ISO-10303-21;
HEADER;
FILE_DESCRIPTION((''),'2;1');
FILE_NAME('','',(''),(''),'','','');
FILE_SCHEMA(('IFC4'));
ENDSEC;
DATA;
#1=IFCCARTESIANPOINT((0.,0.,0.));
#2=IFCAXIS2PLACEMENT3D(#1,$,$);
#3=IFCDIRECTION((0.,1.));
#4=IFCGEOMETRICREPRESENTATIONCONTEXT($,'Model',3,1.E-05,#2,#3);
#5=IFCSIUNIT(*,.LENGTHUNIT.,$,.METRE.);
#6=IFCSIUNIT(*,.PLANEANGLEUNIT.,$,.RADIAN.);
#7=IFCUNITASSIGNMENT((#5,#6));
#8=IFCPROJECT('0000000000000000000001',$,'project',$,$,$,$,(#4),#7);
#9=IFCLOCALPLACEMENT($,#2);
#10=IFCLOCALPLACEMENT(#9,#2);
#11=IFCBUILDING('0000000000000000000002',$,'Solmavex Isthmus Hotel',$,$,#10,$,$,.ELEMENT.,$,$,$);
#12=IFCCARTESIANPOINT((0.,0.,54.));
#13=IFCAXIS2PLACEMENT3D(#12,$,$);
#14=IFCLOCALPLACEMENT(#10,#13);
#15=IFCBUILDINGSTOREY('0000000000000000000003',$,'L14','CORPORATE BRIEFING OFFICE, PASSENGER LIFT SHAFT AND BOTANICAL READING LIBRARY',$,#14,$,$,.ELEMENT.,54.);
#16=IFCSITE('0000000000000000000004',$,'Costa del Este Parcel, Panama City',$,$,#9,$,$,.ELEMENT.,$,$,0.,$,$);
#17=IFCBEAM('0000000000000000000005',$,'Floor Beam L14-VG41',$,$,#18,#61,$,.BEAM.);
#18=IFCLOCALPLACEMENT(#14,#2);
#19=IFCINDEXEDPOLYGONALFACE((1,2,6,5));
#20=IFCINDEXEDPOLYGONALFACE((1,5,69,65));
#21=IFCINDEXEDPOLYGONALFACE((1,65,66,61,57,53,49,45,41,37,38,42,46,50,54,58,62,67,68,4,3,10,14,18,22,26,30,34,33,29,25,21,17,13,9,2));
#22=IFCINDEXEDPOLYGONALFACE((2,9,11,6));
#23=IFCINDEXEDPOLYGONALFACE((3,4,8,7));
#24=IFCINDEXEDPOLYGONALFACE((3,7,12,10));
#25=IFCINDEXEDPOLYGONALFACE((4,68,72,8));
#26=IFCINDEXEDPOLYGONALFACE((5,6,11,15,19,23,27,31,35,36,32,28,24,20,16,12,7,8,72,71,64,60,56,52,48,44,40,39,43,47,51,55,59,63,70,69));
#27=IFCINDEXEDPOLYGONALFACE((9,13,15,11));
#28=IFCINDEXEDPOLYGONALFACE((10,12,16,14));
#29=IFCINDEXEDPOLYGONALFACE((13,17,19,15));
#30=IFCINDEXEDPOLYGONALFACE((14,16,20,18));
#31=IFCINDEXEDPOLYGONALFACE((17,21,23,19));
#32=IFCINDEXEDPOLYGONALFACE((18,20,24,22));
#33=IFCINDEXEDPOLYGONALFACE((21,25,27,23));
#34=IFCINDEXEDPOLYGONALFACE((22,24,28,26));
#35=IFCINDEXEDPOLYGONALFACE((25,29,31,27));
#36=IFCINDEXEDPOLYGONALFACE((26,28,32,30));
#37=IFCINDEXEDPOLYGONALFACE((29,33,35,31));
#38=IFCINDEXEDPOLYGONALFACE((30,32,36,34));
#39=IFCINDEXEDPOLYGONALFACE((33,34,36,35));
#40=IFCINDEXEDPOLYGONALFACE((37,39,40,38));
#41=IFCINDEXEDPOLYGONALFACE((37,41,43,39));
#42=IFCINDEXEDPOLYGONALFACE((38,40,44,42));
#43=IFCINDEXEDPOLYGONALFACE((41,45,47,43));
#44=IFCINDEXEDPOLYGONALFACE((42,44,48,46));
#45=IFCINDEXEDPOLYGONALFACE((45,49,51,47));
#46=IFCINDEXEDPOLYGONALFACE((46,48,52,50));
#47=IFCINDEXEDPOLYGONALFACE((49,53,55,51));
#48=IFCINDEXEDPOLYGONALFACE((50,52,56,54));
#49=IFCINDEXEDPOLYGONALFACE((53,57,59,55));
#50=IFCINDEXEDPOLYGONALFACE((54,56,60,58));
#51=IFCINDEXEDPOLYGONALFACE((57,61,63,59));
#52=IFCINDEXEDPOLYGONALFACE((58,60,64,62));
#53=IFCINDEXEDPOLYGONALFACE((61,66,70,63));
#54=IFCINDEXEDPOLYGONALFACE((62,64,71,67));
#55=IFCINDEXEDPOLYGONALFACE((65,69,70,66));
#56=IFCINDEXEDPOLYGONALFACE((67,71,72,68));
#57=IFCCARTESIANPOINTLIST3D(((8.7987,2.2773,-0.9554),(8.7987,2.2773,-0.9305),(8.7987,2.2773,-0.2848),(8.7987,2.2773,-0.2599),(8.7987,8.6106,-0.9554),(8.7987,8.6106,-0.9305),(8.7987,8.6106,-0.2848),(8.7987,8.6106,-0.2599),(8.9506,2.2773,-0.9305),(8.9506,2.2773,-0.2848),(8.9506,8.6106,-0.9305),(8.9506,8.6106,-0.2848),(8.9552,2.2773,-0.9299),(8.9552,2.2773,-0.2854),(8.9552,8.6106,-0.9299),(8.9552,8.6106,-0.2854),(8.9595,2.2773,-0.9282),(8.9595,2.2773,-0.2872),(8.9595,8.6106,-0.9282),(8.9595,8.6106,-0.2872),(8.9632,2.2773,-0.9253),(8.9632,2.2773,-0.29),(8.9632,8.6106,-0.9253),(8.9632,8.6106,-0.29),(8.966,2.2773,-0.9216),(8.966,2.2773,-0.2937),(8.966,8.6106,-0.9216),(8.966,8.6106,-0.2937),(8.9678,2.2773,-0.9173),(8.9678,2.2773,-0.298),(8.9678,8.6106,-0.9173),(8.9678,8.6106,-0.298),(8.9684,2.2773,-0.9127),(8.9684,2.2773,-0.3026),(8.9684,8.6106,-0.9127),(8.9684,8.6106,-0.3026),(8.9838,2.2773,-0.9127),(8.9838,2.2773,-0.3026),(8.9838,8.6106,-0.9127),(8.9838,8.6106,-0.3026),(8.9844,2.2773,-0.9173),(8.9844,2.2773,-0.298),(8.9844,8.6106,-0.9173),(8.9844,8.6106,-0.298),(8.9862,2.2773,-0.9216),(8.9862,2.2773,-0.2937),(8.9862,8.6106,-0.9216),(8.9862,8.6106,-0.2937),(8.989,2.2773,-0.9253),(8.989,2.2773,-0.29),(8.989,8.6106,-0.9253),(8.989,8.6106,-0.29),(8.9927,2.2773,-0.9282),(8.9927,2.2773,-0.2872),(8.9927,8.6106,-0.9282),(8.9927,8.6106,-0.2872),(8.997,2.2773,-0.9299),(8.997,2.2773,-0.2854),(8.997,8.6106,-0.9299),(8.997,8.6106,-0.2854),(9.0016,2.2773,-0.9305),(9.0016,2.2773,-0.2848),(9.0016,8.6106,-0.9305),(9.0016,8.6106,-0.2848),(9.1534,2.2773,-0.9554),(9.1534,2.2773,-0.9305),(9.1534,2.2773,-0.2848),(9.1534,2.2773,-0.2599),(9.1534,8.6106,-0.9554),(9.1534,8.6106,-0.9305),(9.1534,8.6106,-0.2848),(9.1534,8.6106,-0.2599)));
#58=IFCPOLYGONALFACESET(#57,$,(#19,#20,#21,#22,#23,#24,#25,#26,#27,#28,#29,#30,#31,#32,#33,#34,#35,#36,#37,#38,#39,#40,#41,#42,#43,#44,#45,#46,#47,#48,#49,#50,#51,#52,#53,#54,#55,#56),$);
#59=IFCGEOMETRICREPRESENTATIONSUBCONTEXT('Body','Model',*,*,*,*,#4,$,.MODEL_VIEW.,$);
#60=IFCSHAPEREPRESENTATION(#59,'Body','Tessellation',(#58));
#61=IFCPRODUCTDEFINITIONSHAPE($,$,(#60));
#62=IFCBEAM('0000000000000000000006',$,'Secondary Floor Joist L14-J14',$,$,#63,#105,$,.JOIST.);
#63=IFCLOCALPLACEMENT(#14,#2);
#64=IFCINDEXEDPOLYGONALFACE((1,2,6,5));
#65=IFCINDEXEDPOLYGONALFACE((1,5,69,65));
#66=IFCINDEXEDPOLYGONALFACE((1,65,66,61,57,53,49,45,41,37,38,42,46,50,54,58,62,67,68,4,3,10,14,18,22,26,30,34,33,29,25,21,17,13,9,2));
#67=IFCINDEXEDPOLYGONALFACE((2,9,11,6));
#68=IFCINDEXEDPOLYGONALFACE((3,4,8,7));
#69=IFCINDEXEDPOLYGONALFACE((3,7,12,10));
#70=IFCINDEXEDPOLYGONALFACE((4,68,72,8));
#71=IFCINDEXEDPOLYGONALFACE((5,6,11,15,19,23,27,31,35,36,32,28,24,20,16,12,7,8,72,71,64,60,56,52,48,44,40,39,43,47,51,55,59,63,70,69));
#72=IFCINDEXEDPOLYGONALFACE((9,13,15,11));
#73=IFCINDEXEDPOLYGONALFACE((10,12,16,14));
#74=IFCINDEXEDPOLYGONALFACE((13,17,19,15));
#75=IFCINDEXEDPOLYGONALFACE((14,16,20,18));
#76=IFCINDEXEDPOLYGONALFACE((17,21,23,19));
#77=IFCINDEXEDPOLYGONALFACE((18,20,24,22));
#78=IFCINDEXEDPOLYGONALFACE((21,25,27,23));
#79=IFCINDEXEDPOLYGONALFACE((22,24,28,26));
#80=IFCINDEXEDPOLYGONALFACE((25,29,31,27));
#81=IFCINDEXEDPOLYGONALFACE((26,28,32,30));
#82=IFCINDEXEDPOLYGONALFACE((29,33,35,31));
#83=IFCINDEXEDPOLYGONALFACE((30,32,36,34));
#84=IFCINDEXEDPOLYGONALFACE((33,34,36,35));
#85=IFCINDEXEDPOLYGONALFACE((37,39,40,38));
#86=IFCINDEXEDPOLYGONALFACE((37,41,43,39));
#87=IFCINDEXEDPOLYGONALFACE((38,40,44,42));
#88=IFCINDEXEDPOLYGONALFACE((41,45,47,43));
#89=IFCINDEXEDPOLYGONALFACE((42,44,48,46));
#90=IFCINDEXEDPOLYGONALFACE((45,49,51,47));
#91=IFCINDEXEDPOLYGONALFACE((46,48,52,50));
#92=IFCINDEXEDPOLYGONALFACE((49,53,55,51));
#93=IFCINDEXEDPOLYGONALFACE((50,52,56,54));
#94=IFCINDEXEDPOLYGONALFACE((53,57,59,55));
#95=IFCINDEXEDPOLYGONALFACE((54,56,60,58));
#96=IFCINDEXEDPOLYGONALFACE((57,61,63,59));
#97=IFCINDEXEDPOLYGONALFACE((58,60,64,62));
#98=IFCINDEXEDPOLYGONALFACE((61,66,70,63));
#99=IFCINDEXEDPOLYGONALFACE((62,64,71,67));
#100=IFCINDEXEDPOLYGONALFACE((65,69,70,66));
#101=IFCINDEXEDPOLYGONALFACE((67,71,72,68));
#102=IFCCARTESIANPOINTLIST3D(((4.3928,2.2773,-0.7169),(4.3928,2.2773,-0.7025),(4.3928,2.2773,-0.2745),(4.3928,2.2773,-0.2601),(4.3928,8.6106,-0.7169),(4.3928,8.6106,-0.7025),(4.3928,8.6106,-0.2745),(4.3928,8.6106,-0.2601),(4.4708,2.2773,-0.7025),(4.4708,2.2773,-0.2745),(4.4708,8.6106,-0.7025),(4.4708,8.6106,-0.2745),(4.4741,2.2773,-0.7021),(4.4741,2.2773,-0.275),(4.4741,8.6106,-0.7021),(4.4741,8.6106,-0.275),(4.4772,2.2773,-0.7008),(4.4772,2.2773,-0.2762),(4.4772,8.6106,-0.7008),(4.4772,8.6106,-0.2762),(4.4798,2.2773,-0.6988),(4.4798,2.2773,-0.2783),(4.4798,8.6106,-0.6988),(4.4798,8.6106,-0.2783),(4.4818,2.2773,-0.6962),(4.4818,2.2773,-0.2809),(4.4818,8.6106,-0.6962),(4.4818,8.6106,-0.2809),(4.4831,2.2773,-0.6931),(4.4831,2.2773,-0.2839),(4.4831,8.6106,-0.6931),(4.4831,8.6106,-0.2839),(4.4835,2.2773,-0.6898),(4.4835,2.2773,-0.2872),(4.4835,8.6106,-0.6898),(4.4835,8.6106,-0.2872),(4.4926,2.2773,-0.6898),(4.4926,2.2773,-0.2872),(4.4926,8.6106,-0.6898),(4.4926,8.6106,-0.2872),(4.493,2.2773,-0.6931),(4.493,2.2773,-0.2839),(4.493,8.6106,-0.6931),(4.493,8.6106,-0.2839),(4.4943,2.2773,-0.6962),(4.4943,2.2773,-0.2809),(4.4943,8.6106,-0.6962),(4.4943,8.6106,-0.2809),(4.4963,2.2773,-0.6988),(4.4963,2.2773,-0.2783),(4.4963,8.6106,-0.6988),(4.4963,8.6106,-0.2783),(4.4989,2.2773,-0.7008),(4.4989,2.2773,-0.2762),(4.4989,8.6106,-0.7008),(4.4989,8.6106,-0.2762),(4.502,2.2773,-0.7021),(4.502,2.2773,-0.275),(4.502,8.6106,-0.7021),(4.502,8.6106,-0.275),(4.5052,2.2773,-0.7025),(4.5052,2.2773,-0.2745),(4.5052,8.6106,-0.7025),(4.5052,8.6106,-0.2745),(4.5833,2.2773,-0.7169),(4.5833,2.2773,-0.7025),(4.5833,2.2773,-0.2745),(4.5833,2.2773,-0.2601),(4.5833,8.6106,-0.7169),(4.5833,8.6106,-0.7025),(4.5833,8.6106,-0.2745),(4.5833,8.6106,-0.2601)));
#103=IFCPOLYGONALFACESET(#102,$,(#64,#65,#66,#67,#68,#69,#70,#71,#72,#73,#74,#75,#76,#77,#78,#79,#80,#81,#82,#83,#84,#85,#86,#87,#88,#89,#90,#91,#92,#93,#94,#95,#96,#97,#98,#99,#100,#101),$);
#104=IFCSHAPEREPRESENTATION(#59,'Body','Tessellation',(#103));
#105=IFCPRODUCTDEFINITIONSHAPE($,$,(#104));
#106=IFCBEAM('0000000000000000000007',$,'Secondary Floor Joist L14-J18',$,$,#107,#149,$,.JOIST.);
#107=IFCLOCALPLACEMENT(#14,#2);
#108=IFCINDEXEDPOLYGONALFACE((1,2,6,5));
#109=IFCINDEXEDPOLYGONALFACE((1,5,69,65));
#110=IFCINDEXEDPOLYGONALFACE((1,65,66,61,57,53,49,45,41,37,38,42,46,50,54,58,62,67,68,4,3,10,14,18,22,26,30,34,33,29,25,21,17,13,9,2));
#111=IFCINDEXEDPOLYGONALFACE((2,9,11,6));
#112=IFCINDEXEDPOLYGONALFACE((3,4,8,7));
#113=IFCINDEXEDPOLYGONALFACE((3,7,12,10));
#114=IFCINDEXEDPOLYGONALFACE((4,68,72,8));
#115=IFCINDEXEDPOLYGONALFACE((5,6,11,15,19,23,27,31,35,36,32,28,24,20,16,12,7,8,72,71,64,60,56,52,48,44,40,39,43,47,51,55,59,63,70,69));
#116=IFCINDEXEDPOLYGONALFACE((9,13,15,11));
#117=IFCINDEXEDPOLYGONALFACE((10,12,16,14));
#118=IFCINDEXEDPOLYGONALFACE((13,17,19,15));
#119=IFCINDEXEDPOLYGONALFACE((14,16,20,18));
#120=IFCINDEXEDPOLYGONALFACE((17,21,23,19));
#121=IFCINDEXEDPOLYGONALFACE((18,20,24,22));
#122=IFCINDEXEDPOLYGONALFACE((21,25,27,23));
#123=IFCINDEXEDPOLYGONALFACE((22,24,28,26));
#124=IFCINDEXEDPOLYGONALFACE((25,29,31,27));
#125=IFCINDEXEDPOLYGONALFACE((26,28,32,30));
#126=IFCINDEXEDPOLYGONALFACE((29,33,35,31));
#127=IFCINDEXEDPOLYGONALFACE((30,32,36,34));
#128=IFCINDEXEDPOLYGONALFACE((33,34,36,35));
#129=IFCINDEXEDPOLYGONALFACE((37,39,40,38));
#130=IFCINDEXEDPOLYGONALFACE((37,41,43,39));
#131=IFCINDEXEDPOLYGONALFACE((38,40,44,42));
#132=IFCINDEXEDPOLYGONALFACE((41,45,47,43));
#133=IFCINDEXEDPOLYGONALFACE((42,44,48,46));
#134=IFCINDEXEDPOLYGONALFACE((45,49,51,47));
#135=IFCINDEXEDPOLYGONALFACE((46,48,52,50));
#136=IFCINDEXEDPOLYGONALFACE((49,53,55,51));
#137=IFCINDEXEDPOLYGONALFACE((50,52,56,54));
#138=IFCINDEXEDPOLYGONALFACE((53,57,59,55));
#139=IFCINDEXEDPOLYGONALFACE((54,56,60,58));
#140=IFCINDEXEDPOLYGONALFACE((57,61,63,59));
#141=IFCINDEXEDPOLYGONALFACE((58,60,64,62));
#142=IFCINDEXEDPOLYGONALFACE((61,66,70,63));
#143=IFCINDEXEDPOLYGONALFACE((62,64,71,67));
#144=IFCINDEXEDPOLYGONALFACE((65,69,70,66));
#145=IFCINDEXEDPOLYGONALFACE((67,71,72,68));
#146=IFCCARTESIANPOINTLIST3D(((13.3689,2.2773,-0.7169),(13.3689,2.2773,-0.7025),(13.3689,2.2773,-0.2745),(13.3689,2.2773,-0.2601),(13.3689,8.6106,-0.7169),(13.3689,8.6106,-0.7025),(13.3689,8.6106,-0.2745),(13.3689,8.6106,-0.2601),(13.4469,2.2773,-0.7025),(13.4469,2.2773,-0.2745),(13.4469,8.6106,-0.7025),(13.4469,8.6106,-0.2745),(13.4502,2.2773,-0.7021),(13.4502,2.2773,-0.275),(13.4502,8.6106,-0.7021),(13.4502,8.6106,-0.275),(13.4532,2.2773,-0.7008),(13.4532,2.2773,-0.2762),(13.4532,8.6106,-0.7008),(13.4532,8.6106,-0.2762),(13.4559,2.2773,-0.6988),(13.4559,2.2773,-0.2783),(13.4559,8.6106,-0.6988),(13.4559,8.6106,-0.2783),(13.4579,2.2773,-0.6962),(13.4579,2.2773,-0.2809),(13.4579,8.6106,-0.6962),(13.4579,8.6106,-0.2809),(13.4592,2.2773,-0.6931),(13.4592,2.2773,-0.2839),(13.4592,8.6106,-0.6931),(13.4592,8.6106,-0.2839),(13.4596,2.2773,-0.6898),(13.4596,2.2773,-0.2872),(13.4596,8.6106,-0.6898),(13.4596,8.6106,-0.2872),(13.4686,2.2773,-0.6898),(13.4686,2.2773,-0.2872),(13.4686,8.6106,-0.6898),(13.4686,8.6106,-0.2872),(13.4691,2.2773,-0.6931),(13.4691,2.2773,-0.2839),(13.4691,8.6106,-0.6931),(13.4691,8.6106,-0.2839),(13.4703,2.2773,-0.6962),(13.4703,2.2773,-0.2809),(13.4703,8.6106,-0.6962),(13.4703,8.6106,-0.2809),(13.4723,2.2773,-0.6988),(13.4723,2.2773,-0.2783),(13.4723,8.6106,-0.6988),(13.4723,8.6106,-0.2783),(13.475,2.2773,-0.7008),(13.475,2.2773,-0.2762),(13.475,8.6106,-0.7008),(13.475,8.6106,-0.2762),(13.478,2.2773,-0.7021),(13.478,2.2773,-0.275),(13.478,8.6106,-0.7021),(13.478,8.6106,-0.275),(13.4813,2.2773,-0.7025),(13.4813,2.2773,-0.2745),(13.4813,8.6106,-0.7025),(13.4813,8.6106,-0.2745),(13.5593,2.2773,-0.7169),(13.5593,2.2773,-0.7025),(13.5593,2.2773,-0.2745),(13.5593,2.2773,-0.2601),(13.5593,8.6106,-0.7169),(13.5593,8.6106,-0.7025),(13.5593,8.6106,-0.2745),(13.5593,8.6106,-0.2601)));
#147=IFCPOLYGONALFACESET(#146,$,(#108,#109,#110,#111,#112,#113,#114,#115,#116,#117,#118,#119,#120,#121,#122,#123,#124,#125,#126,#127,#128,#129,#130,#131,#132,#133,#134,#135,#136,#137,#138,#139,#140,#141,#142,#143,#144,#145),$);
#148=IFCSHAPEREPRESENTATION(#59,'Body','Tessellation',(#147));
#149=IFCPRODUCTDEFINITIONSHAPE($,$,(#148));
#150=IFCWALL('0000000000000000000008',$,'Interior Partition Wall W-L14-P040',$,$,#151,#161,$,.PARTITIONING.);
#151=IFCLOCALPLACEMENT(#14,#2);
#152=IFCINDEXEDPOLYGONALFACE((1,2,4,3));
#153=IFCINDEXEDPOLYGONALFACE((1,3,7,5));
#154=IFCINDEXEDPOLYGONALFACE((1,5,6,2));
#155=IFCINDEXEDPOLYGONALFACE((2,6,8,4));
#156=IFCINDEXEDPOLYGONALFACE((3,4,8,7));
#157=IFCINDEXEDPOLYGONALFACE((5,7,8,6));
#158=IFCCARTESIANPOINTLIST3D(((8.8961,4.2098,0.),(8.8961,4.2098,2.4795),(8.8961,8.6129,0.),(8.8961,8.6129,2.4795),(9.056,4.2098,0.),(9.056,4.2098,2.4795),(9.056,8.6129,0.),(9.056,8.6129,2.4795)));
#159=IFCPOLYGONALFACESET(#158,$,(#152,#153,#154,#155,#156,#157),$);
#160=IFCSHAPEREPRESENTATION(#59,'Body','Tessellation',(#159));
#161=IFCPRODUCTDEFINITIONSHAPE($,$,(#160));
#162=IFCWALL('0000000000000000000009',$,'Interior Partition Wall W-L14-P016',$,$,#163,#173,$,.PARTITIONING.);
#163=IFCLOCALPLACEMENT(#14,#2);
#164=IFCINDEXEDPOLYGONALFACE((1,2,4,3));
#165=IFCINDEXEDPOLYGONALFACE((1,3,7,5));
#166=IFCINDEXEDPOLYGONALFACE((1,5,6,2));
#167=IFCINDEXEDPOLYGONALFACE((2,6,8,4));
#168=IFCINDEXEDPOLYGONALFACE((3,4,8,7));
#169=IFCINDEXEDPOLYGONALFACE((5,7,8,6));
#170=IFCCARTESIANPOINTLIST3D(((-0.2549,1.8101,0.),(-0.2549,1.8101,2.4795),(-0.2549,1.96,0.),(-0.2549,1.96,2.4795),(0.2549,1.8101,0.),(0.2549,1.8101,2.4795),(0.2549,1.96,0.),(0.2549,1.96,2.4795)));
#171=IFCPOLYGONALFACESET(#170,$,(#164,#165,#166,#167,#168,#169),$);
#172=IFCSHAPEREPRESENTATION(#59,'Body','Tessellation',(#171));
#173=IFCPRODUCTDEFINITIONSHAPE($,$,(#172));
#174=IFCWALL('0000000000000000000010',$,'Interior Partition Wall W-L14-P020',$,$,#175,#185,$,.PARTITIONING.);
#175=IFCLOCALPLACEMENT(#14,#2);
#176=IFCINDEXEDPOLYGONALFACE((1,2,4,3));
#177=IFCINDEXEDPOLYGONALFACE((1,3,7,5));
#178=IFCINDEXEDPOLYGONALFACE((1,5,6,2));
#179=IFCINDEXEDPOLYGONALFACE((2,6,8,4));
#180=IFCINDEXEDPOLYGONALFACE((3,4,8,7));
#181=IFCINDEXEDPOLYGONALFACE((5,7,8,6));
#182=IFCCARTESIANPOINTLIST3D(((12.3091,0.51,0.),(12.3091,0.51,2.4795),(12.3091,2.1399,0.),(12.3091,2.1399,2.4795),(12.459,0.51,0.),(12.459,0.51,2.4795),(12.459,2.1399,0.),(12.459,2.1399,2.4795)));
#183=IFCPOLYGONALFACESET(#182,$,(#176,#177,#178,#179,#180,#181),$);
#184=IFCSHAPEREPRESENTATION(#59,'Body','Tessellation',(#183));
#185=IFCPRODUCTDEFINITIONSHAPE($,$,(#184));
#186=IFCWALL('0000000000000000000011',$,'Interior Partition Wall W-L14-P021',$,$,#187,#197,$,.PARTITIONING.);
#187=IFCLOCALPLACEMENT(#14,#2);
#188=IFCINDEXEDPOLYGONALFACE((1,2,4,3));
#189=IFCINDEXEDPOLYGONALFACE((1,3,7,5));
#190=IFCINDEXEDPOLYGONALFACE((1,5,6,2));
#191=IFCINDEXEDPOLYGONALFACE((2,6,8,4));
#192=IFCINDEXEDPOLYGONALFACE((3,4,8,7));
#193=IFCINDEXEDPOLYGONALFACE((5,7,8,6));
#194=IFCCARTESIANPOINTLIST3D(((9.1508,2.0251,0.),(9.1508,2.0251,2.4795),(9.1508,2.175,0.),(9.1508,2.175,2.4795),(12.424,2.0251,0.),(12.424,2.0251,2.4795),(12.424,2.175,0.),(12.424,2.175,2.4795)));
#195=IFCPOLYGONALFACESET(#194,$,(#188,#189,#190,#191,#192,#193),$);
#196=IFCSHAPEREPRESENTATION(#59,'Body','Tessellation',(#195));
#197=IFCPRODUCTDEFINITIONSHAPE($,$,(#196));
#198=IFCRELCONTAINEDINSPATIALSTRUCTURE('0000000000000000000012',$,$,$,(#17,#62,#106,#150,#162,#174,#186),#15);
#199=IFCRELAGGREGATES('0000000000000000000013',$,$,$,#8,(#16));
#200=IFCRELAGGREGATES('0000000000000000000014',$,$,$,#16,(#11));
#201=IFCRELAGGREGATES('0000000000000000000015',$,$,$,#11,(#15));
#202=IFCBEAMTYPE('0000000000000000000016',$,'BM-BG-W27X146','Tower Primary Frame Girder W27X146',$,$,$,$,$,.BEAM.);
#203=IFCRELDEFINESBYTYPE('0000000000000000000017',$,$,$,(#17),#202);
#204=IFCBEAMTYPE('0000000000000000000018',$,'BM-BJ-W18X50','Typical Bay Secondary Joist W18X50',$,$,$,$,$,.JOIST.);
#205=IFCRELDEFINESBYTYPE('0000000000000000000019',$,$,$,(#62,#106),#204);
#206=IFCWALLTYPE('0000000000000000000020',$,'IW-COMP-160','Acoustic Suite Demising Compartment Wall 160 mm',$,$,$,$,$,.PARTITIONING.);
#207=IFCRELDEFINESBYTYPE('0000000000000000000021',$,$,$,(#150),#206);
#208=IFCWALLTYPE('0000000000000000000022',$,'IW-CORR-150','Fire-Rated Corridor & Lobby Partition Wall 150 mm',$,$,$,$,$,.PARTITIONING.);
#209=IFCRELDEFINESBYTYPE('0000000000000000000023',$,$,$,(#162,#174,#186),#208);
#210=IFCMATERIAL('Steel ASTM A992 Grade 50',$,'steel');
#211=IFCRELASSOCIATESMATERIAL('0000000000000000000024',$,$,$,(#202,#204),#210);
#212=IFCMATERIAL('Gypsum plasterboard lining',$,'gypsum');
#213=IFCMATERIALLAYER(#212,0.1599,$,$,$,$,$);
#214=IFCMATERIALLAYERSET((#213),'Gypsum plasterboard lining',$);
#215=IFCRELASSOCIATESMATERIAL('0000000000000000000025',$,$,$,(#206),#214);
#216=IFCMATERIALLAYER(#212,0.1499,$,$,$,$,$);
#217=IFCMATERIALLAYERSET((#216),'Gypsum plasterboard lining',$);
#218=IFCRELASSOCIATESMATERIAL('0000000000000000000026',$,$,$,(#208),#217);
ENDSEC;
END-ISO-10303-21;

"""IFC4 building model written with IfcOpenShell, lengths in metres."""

from ifc_helpers import new_model, si_unit, direction, frame, frame_2d, origin, origin_2d, place, context, subcontext, project, spatial, rectangle, i_section, extrude, material, layer, layer_set, material_profile, profile_set, type_object, element, save


model = new_model("IFC4")

# Units and contexts
model_context = context("Model", 3, precision=1e-05, world=origin(), true_north=direction((0.0, 1.0)))
body_context = subcontext(model_context, "Body", "Model", "MODEL_VIEW")
ifc_project = project(units=[si_unit("LENGTHUNIT", "METRE"), si_unit("PLANEANGLEUNIT", "RADIAN")], contexts=[model_context])

# Site, building, storey
site_placement = place(None, origin())
site = spatial("IfcSite", under=ifc_project, at=site_placement, Name="Costa del Este Parcel, Panama City", CompositionType="ELEMENT", RefElevation=0.0)
building_placement = place(site_placement, origin())
building = spatial("IfcBuilding", under=site, at=building_placement, Name="Solmavex Isthmus Hotel", CompositionType="ELEMENT")
storey_placement = place(building_placement, frame((0.0, 0.0, 54.0)))
storey = spatial("IfcBuildingStorey", under=building, at=storey_placement, Name="L14", Description="CORPORATE BRIEFING OFFICE, PASSENGER LIFT SHAFT AND BOTANICAL READING LIBRARY", CompositionType="ELEMENT", Elevation=54.0)

# Beams
ifc_material_1 = material(Name="Steel ASTM A992 Grade 50", Category="steel")
ifc_material_profile_1 = material_profile(ifc_material_1, i_section(OverallWidth=0.3547, OverallDepth=0.6956, WebThickness=0.0154, FlangeThickness=0.0249, FilletRadius=0.0178, at=origin_2d()), Name="W27X146")
ifc_profile_set_1 = profile_set([ifc_material_profile_1], Name="Steel ASTM A992 Grade 50")
beam_type_1 = type_object("IfcBeamType", Name="BM-BG-W27X146", Description="Tower Primary Frame Girder W27X146", PredefinedType="BEAM", material=ifc_profile_set_1)
beam_placement = place(storey_placement, frame((8.9761, 2.2773, -0.6077), z_axis=(0.0, 1.0, 0.0), x_axis=(-1.0, 0.0, 0.0)))
element("IfcBeam", 1, at=beam_placement, inside=storey, type_object=beam_type_1, Name="Floor Beam L14-VG41", PredefinedType="BEAM", context=body_context, shape_type="SweptSolid", body=[
    extrude(i_section(OverallWidth=0.3547, OverallDepth=0.6956, WebThickness=0.0154, FlangeThickness=0.0249, FilletRadius=0.0178, at=origin_2d()), origin(), (0.0, 0.0, 1.0), 6.3333),
])
ifc_material_profile_2 = material_profile(ifc_material_1, i_section(OverallWidth=0.1904, OverallDepth=0.4568, WebThickness=0.009, FlangeThickness=0.0144, FilletRadius=0.0127, at=origin_2d()), Name="W18X50")
ifc_profile_set_2 = profile_set([ifc_material_profile_2], Name="Steel ASTM A992 Grade 50")
beam_type_2 = type_object("IfcBeamType", Name="BM-BJ-W18X50", Description="Typical Bay Secondary Joist W18X50", PredefinedType="JOIST", material=ifc_profile_set_2)
for number, where, z_axis, x_axis, name in (
    (2, (4.488, 2.2773, -0.4885), (0.0, 1.0, 0.0), (-1.0, 0.0, 0.0), "Secondary Floor Joist L14-J14"),
    (3, (13.4641, 2.2773, -0.4885), (0.0, 1.0, 0.0), (-1.0, 0.0, 0.0), "Secondary Floor Joist L14-J18"),
):
    element("IfcBeam", number, at=place(storey_placement, frame(where, z_axis=z_axis, x_axis=x_axis)), inside=storey, type_object=beam_type_2, Name=name, PredefinedType="JOIST", context=body_context, shape_type="SweptSolid", body=[
        extrude(i_section(OverallWidth=0.1904, OverallDepth=0.4568, WebThickness=0.009, FlangeThickness=0.0144, FilletRadius=0.0127, at=origin_2d()), origin(), (0.0, 0.0, 1.0), 6.3333),
    ])

# Wall
ifc_material_2 = material(Name="Gypsum plasterboard lining", Category="gypsum")
ifc_layer_1 = layer(ifc_material_2, 0.1599)
ifc_layer_set_1 = layer_set([ifc_layer_1], Name="Gypsum plasterboard lining")
wall_type_1 = type_object("IfcWallType", Name="IW-COMP-160", Description="Acoustic Suite Demising Compartment Wall 160 mm", PredefinedType="PARTITIONING", material=ifc_layer_set_1)
wall_1_placement = place(storey_placement, frame((8.9761, 8.613, 0.0), z_axis=(0.0, 0.0, 1.0), x_axis=(0.0, -1.0, 0.0)))
element("IfcWall", 4, at=wall_1_placement, inside=storey, type_object=wall_type_1, Name="Interior Partition Wall W-L14-P040", PredefinedType="PARTITIONING", context=body_context, shape_type="SweptSolid", body=[
    extrude(rectangle(XDim=4.4031, YDim=0.1599, at=frame_2d((2.2017, 0.0))), origin(), (0.0, 0.0, 1.0), 2.4795),
])

# Shared definitions
ifc_layer_2 = layer(ifc_material_2, 0.1499)
ifc_layer_set_2 = layer_set([ifc_layer_2], Name="Gypsum plasterboard lining")
wall_type_2 = type_object("IfcWallType", Name="IW-CORR-150", Description="Fire-Rated Corridor & Lobby Partition Wall 150 mm", PredefinedType="PARTITIONING", material=ifc_layer_set_2)

# Walls
wall_2_placement = place(storey_placement, frame((0.2549, 1.885, 0.0), z_axis=(0.0, 0.0, 1.0), x_axis=(-1.0, 0.0, 0.0)))
element("IfcWall", 5, at=wall_2_placement, inside=storey, type_object=wall_type_2, Name="Interior Partition Wall W-L14-P016", PredefinedType="PARTITIONING", context=body_context, shape_type="SweptSolid", body=[
    extrude(rectangle(XDim=0.5098, YDim=0.1499, at=frame_2d((0.2549, 0.0))), origin(), (0.0, 0.0, 1.0), 2.4795),
])
wall_3_placement = place(storey_placement, frame((12.384, 0.51, 0.0), z_axis=(0.0, 0.0, 1.0), x_axis=(0.0, 1.0, 0.0)))
element("IfcWall", 6, at=wall_3_placement, inside=storey, type_object=wall_type_2, Name="Interior Partition Wall W-L14-P020", PredefinedType="PARTITIONING", context=body_context, shape_type="SweptSolid", body=[
    extrude(rectangle(XDim=1.6299, YDim=0.1499, at=frame_2d((0.8149, 0.0))), origin(), (0.0, 0.0, 1.0), 2.4795),
])
wall_4_placement = place(storey_placement, frame((12.4241, 2.1001, 0.0), z_axis=(0.0, 0.0, 1.0), x_axis=(-1.0, 0.0, 0.0)))
element("IfcWall", 7, at=wall_4_placement, inside=storey, type_object=wall_type_2, Name="Interior Partition Wall W-L14-P021", PredefinedType="PARTITIONING", context=body_context, shape_type="SweptSolid", body=[
    extrude(rectangle(XDim=3.2732, YDim=0.1499, at=frame_2d((1.6367, 0.0))), origin(), (0.0, 0.0, 1.0), 2.4795),
])

save(model, "model.ifc")
